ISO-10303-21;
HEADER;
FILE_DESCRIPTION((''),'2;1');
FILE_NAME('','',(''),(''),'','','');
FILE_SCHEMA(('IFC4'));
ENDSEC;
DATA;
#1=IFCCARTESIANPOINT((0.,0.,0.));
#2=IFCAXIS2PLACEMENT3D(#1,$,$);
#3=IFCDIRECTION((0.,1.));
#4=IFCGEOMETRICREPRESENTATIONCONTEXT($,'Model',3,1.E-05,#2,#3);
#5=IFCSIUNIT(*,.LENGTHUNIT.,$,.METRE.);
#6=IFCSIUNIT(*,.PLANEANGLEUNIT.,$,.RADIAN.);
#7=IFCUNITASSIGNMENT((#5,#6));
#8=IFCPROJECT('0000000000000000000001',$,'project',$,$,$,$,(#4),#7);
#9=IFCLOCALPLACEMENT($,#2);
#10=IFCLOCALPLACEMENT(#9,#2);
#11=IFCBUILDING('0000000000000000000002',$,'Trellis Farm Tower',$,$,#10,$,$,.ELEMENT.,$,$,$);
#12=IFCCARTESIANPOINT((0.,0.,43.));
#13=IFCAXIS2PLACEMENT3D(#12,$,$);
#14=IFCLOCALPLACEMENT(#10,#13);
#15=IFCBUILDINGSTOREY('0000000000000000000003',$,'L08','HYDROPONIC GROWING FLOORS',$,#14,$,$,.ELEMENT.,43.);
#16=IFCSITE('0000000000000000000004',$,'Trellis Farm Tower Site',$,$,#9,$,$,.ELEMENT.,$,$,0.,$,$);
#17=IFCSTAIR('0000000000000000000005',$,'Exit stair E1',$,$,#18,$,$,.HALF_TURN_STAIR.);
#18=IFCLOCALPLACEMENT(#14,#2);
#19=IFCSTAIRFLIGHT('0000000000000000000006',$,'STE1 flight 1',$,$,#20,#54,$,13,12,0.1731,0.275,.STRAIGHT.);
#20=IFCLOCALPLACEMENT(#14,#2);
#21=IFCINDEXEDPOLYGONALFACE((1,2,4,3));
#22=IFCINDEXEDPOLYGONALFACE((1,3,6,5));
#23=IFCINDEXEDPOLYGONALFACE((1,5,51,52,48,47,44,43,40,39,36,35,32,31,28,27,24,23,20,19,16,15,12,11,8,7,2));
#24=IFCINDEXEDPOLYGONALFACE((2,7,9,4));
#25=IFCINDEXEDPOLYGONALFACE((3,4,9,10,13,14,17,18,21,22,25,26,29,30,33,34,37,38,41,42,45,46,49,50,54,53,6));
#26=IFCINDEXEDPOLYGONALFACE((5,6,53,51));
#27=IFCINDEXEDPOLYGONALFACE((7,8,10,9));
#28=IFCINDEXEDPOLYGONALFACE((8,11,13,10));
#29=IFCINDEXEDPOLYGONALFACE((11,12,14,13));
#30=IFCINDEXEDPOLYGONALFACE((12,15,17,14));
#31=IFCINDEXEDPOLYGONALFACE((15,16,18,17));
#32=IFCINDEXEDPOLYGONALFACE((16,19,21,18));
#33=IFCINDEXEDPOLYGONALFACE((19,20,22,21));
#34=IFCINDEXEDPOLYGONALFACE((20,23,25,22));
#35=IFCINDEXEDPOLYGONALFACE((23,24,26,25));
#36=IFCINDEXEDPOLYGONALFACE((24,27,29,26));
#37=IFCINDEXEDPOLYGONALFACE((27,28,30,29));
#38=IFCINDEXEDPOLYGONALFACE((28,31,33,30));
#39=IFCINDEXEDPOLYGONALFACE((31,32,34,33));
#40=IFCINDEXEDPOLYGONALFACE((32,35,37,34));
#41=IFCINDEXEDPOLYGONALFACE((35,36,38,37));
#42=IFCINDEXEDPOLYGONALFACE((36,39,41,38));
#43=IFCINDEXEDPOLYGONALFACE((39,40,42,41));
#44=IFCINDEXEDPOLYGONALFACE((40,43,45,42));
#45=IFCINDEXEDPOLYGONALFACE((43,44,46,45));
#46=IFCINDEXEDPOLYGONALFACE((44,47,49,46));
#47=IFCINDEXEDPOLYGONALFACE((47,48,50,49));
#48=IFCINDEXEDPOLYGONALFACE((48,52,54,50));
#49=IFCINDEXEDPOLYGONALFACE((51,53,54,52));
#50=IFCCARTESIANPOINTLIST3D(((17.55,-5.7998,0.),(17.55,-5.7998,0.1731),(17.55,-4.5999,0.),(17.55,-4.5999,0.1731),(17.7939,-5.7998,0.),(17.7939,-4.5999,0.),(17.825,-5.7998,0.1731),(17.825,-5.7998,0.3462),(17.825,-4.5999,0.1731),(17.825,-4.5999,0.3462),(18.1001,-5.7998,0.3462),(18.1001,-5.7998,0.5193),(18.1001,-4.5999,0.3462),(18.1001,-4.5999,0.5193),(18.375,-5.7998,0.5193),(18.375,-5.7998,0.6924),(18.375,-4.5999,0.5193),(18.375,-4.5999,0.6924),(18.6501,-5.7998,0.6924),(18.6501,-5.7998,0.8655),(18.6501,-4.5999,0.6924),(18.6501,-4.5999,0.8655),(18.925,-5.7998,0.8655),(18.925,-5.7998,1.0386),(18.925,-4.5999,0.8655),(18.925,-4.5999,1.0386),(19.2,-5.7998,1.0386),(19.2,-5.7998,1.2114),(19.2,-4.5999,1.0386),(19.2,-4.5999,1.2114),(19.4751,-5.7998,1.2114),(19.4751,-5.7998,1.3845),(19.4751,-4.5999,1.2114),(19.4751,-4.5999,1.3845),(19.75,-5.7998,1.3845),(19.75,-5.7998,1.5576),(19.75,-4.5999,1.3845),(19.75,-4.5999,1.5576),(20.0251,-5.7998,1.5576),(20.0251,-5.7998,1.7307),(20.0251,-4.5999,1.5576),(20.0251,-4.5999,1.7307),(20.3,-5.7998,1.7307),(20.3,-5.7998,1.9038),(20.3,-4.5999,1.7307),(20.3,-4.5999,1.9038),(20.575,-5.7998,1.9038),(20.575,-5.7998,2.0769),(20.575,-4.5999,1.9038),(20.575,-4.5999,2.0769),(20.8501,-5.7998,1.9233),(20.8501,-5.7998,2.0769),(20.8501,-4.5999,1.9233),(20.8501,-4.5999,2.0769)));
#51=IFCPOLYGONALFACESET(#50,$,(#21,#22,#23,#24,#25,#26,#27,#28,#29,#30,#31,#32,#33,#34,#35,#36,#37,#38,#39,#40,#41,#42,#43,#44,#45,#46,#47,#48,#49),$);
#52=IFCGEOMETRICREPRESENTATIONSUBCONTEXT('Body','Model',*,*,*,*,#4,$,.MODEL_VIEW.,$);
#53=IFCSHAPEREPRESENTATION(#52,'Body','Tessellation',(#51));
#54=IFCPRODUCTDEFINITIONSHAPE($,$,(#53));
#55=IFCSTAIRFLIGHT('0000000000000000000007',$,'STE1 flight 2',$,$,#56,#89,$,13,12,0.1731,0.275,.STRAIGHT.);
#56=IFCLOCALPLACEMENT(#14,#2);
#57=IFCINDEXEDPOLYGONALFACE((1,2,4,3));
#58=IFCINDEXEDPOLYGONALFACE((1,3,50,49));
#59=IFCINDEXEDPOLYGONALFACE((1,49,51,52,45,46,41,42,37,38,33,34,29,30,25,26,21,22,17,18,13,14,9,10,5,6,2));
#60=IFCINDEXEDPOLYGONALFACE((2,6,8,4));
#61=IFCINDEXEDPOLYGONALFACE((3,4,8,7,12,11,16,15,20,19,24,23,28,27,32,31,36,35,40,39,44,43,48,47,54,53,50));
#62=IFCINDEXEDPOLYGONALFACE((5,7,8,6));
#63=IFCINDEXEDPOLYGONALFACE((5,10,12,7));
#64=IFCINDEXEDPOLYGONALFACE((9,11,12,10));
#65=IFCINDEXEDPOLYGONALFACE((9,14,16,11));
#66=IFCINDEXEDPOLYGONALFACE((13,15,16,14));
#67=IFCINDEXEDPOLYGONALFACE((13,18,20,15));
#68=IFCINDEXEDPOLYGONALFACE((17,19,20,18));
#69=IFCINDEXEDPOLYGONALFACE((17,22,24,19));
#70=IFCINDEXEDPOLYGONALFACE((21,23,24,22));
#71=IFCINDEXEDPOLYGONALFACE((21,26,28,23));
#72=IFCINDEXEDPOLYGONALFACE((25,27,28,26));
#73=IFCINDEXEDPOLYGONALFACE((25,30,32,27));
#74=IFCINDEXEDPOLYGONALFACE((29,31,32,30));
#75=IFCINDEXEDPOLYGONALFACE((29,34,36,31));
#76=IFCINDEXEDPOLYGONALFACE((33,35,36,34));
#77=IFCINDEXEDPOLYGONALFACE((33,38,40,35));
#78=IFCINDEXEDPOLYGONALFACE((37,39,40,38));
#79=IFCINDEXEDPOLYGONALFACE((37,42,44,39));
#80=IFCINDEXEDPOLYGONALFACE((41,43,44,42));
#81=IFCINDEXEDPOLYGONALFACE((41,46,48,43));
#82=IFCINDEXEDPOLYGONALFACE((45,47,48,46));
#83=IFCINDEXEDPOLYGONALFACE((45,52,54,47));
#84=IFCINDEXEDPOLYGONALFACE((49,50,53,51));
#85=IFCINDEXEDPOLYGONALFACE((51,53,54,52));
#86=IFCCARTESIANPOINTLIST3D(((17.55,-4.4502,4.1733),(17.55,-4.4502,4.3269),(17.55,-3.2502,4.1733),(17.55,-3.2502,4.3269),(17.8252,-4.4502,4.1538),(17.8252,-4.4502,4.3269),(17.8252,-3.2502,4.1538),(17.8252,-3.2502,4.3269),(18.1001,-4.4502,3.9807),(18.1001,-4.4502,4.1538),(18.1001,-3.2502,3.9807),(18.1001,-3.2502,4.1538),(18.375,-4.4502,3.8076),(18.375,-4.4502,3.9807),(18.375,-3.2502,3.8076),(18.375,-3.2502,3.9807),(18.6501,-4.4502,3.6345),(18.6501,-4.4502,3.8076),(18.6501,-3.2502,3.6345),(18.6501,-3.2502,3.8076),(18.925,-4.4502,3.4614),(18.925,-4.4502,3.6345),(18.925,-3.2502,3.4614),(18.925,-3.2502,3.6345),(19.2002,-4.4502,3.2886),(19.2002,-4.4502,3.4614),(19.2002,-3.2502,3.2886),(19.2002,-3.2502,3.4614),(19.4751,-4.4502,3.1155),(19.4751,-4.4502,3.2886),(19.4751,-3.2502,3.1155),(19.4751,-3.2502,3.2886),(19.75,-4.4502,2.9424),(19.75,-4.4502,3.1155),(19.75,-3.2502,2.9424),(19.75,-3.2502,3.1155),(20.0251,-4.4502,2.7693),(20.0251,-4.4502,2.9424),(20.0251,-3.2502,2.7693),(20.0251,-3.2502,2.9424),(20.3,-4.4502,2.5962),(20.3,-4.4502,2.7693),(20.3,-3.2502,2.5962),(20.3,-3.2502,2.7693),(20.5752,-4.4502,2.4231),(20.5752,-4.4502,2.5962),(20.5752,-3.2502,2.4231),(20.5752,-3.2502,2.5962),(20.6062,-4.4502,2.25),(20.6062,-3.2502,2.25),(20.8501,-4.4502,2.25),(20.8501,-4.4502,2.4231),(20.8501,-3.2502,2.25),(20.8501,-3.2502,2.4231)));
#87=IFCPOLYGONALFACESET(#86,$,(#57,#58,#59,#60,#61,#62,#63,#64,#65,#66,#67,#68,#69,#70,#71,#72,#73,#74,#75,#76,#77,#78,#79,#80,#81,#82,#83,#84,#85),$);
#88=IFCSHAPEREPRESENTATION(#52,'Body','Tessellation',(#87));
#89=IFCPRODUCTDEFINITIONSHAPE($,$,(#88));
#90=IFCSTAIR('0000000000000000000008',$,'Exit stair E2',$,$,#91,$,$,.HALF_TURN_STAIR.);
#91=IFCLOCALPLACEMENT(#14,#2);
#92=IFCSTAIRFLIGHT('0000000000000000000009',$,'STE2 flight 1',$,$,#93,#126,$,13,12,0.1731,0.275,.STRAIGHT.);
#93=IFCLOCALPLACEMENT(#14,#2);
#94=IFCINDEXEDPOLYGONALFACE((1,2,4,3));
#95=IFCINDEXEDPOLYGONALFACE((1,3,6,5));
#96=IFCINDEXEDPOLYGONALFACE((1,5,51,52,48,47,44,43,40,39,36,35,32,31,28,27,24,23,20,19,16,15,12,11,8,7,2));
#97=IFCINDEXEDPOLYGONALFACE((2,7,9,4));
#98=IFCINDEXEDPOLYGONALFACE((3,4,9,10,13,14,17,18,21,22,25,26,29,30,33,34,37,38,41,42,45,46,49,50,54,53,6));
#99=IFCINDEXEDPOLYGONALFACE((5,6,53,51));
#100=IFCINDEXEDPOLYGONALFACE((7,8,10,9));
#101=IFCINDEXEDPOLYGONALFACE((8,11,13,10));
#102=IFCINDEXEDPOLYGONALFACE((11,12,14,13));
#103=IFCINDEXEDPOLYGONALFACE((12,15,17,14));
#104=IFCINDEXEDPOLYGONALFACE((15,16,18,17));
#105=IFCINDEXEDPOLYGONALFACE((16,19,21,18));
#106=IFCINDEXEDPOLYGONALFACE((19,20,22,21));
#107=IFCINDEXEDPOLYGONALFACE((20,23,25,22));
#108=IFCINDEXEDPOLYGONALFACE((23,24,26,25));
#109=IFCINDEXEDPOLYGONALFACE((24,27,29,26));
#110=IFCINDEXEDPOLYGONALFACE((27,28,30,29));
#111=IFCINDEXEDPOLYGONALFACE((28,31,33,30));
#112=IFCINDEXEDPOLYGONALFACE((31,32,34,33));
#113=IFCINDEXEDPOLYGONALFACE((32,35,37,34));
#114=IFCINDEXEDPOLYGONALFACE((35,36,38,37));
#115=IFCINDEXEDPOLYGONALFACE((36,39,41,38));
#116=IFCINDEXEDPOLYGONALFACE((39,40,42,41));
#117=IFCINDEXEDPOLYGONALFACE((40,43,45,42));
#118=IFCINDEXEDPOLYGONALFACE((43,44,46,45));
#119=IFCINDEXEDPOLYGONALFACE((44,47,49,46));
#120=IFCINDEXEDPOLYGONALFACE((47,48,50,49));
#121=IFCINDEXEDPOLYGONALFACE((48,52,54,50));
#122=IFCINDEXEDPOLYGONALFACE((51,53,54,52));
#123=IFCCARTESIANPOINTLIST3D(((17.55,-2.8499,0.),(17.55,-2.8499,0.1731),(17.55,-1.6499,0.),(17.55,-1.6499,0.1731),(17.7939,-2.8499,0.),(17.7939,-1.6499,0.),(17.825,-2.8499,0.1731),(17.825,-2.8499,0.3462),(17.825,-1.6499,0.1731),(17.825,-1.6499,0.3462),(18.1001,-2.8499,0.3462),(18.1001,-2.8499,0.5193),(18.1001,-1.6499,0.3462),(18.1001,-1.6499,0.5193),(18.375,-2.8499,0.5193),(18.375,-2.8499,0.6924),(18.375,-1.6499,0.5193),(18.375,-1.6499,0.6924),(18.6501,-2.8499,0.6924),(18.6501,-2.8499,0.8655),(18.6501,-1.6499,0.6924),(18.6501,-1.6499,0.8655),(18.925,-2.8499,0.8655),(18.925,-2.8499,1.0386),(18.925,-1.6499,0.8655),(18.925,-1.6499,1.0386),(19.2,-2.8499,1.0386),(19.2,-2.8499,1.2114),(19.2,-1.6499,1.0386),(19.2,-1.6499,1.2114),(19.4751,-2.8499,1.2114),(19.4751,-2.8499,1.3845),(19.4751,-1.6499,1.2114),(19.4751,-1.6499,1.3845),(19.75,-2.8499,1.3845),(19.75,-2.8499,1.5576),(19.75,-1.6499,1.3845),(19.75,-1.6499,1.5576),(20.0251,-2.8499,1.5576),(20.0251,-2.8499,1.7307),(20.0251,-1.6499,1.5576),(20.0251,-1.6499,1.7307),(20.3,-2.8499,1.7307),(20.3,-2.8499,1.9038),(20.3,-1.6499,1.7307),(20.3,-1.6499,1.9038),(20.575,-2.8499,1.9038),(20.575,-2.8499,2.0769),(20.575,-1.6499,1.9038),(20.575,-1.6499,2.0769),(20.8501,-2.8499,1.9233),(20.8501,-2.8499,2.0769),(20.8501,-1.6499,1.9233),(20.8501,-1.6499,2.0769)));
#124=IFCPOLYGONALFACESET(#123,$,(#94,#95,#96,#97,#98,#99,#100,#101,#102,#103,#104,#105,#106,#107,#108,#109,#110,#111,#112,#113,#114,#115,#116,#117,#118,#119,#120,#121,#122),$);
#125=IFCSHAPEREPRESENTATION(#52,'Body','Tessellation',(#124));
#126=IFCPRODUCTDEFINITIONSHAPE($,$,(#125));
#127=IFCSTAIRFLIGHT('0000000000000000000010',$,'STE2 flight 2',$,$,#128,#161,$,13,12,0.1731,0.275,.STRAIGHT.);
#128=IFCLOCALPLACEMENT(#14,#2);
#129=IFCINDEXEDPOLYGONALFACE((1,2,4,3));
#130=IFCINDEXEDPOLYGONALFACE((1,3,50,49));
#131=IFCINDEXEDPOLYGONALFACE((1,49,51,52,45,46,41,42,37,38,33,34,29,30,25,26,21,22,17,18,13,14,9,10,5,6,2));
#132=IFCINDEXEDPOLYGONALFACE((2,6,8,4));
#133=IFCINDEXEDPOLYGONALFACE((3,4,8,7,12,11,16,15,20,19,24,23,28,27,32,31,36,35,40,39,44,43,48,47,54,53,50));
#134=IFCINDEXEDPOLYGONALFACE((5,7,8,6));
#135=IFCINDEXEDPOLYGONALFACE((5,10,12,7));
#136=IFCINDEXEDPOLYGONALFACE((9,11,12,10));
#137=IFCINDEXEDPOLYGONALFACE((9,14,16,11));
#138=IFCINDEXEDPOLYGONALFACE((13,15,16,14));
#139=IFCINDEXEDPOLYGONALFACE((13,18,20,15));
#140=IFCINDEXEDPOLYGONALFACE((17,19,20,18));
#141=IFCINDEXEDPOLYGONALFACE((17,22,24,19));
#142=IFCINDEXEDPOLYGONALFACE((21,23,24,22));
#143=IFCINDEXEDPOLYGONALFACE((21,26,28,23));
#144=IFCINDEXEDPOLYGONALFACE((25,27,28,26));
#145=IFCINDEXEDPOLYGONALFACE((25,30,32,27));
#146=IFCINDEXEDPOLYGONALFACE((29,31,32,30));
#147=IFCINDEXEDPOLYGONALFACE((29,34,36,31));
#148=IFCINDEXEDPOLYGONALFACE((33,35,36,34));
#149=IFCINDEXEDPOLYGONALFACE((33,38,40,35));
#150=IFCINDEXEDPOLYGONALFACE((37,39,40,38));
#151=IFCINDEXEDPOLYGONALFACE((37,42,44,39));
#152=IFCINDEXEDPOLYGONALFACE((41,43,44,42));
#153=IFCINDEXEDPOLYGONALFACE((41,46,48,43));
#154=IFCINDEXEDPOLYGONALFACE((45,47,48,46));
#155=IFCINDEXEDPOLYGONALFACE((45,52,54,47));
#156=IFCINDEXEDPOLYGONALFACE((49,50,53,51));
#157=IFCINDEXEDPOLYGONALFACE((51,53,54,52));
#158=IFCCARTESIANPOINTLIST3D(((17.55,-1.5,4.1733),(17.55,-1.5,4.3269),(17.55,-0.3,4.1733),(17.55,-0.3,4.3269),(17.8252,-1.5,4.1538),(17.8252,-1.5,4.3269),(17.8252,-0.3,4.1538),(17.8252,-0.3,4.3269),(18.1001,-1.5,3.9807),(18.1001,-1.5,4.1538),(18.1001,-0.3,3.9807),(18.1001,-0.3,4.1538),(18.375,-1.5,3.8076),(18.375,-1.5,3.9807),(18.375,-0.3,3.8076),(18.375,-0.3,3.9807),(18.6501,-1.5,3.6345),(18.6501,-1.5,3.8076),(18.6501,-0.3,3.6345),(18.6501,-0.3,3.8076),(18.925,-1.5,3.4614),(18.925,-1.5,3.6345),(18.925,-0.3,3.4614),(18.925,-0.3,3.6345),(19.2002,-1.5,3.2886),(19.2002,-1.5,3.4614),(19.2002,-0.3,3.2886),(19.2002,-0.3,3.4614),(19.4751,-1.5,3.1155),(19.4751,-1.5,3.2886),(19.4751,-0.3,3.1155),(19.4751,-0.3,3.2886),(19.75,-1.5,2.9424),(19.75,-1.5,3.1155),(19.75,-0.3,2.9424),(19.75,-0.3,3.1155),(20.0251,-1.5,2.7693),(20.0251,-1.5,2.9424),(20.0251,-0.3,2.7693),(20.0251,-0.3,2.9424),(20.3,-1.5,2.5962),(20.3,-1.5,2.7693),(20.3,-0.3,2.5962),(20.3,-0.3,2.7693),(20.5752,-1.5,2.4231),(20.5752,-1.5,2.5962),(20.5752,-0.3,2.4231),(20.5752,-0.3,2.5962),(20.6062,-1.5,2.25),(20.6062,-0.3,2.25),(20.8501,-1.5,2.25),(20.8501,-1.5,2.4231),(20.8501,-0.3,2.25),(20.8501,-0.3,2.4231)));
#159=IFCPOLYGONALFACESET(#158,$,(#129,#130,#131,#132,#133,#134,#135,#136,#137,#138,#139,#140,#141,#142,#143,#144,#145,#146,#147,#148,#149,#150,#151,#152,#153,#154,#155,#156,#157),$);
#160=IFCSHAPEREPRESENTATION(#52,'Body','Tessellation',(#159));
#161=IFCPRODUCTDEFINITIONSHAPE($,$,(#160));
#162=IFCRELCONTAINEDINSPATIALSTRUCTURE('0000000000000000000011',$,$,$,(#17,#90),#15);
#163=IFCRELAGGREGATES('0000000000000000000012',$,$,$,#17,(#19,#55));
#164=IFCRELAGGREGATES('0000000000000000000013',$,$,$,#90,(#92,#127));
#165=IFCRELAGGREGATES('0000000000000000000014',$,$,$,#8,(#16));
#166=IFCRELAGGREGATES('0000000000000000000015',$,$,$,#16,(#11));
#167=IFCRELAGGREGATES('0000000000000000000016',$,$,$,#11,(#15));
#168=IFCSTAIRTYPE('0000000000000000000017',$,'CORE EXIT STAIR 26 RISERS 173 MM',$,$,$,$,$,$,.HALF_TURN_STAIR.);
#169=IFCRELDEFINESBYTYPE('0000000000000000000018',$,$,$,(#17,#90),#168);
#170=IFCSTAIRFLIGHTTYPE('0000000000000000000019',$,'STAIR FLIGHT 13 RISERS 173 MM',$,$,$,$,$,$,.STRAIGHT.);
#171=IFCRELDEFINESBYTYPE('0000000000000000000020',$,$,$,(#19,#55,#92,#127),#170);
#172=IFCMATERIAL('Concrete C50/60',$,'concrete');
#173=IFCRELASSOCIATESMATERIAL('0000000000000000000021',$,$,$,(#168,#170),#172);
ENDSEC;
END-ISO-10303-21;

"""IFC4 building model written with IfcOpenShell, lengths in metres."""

from ifc_helpers import new_model, si_unit, direction, frame, origin, place, context, subcontext, project, spatial, polyline, outline, extrude, source, transform, mapped, material, type_object, element, aggregate, save


model = new_model("IFC4")

# Units and contexts
model_context = context("Model", 3, precision=1e-05, world=origin(), true_north=direction((0.0, 1.0)))
body_context = subcontext(model_context, "Body", "Model", "MODEL_VIEW")
ifc_project = project(units=[si_unit("LENGTHUNIT", "METRE"), si_unit("PLANEANGLEUNIT", "RADIAN")], contexts=[model_context])

# Site, building, storey
site_placement = place(None, origin())
site = spatial("IfcSite", under=ifc_project, at=site_placement, Name="Trellis Farm Tower Site", CompositionType="ELEMENT", RefElevation=0.0)
building_placement = place(site_placement, origin())
building = spatial("IfcBuilding", under=site, at=building_placement, Name="Trellis Farm Tower", CompositionType="ELEMENT")
storey_placement = place(building_placement, frame((0.0, 0.0, 43.0)))
storey = spatial("IfcBuildingStorey", under=building, at=storey_placement, Name="L08", Description="HYDROPONIC GROWING FLOORS", CompositionType="ELEMENT", Elevation=43.0)

# Shared definitions
placement = place(storey_placement, origin())

# Stairs, stair flights
ifc_material_1 = material(Name="Concrete C50/60", Category="concrete")
stair_type = type_object("IfcStairType", Name="CORE EXIT STAIR 26 RISERS 173 MM", PredefinedType="HALF_TURN_STAIR", material=ifc_material_1)
stair_1 = element("IfcStair", 1, at=placement, inside=storey, type_object=stair_type, Name="Exit stair E1", PredefinedType="HALF_TURN_STAIR")
stair_flight_type = type_object("IfcStairFlightType", Name="STAIR FLIGHT 13 RISERS 173 MM", PredefinedType="STRAIGHT", material=ifc_material_1)
shared_shape_1 = source(origin(), body_context, "Body", "SweptSolid", [
    extrude(outline(polyline([(0.0, 0.0), (0.0, 0.1731), (0.2749, 0.1731), (0.2749, 0.3462), (0.55, 0.3462), (0.55, 0.5193), (0.825, 0.5193), (0.825, 0.6924), (1.1001, 0.6924), (1.1001, 0.8655), (1.375, 0.8655), (1.375, 1.0386), (1.6499, 1.0386), (1.6499, 1.2114), (1.925, 1.2114), (1.925, 1.3845), (2.2, 1.3845), (2.2, 1.5576), (2.4751, 1.5576), (2.4751, 1.7307), (2.75, 1.7307), (2.75, 1.9038), (3.0249, 1.9038), (3.0249, 2.0769), (3.3, 2.0769), (3.3, 2.25), (3.3, 1.9233), (0.2439, 0.0), (0.0, 0.0)])), frame((0.0, 0.6001, 0.0), z_axis=(0.0, -1.0, 0.0), x_axis=(1.0, 0.0, 0.0)), (0.0, 0.0, 1.0), 1.2),
])
stair_flight_1_placement = place(storey_placement, frame((17.55, -5.2, 0.0), z_axis=(0.0, 0.0, 1.0), x_axis=(1.0, 0.0, 0.0)))
stair_flight_1 = element("IfcStairFlight", 2, at=stair_flight_1_placement, type_object=stair_flight_type, Name="STE1 flight 1", NumberOfRisers=13, NumberOfTreads=12, PredefinedType="STRAIGHT", RiserHeight=0.1731, TreadLength=0.275, context=body_context, shape_type="MappedRepresentation", body=[
    mapped(shared_shape_1, transform((0.0, 0.0, 0.0))),
])
stair_flight_2_placement = place(storey_placement, frame((20.8501, -3.8501, 2.25), z_axis=(0.0, 0.0, 1.0), x_axis=(-1.0, 0.0, 0.0)))
stair_flight_2 = element("IfcStairFlight", 3, at=stair_flight_2_placement, type_object=stair_flight_type, Name="STE1 flight 2", NumberOfRisers=13, NumberOfTreads=12, PredefinedType="STRAIGHT", RiserHeight=0.1731, TreadLength=0.275, context=body_context, shape_type="MappedRepresentation", body=[
    mapped(shared_shape_1, transform((0.0, 0.0, 0.0))),
])
aggregate(stair_1, [stair_flight_1, stair_flight_2])
stair_2 = element("IfcStair", 4, at=placement, inside=storey, type_object=stair_type, Name="Exit stair E2", PredefinedType="HALF_TURN_STAIR")
stair_flight_3_placement = place(storey_placement, frame((17.55, -2.25, 0.0), z_axis=(0.0, 0.0, 1.0), x_axis=(1.0, 0.0, 0.0)))
stair_flight_3 = element("IfcStairFlight", 5, at=stair_flight_3_placement, type_object=stair_flight_type, Name="STE2 flight 1", NumberOfRisers=13, NumberOfTreads=12, PredefinedType="STRAIGHT", RiserHeight=0.1731, TreadLength=0.275, context=body_context, shape_type="MappedRepresentation", body=[
    mapped(shared_shape_1, transform((0.0, 0.0, 0.0))),
])
stair_flight_4_placement = place(storey_placement, frame((20.8501, -0.8999, 2.25), z_axis=(0.0, 0.0, 1.0), x_axis=(-1.0, 0.0, 0.0)))
stair_flight_4 = element("IfcStairFlight", 6, at=stair_flight_4_placement, type_object=stair_flight_type, Name="STE2 flight 2", NumberOfRisers=13, NumberOfTreads=12, PredefinedType="STRAIGHT", RiserHeight=0.1731, TreadLength=0.275, context=body_context, shape_type="MappedRepresentation", body=[
    mapped(shared_shape_1, transform((0.0, 0.0, 0.0))),
])
aggregate(stair_2, [stair_flight_3, stair_flight_4])

save(model, "model.ifc")
